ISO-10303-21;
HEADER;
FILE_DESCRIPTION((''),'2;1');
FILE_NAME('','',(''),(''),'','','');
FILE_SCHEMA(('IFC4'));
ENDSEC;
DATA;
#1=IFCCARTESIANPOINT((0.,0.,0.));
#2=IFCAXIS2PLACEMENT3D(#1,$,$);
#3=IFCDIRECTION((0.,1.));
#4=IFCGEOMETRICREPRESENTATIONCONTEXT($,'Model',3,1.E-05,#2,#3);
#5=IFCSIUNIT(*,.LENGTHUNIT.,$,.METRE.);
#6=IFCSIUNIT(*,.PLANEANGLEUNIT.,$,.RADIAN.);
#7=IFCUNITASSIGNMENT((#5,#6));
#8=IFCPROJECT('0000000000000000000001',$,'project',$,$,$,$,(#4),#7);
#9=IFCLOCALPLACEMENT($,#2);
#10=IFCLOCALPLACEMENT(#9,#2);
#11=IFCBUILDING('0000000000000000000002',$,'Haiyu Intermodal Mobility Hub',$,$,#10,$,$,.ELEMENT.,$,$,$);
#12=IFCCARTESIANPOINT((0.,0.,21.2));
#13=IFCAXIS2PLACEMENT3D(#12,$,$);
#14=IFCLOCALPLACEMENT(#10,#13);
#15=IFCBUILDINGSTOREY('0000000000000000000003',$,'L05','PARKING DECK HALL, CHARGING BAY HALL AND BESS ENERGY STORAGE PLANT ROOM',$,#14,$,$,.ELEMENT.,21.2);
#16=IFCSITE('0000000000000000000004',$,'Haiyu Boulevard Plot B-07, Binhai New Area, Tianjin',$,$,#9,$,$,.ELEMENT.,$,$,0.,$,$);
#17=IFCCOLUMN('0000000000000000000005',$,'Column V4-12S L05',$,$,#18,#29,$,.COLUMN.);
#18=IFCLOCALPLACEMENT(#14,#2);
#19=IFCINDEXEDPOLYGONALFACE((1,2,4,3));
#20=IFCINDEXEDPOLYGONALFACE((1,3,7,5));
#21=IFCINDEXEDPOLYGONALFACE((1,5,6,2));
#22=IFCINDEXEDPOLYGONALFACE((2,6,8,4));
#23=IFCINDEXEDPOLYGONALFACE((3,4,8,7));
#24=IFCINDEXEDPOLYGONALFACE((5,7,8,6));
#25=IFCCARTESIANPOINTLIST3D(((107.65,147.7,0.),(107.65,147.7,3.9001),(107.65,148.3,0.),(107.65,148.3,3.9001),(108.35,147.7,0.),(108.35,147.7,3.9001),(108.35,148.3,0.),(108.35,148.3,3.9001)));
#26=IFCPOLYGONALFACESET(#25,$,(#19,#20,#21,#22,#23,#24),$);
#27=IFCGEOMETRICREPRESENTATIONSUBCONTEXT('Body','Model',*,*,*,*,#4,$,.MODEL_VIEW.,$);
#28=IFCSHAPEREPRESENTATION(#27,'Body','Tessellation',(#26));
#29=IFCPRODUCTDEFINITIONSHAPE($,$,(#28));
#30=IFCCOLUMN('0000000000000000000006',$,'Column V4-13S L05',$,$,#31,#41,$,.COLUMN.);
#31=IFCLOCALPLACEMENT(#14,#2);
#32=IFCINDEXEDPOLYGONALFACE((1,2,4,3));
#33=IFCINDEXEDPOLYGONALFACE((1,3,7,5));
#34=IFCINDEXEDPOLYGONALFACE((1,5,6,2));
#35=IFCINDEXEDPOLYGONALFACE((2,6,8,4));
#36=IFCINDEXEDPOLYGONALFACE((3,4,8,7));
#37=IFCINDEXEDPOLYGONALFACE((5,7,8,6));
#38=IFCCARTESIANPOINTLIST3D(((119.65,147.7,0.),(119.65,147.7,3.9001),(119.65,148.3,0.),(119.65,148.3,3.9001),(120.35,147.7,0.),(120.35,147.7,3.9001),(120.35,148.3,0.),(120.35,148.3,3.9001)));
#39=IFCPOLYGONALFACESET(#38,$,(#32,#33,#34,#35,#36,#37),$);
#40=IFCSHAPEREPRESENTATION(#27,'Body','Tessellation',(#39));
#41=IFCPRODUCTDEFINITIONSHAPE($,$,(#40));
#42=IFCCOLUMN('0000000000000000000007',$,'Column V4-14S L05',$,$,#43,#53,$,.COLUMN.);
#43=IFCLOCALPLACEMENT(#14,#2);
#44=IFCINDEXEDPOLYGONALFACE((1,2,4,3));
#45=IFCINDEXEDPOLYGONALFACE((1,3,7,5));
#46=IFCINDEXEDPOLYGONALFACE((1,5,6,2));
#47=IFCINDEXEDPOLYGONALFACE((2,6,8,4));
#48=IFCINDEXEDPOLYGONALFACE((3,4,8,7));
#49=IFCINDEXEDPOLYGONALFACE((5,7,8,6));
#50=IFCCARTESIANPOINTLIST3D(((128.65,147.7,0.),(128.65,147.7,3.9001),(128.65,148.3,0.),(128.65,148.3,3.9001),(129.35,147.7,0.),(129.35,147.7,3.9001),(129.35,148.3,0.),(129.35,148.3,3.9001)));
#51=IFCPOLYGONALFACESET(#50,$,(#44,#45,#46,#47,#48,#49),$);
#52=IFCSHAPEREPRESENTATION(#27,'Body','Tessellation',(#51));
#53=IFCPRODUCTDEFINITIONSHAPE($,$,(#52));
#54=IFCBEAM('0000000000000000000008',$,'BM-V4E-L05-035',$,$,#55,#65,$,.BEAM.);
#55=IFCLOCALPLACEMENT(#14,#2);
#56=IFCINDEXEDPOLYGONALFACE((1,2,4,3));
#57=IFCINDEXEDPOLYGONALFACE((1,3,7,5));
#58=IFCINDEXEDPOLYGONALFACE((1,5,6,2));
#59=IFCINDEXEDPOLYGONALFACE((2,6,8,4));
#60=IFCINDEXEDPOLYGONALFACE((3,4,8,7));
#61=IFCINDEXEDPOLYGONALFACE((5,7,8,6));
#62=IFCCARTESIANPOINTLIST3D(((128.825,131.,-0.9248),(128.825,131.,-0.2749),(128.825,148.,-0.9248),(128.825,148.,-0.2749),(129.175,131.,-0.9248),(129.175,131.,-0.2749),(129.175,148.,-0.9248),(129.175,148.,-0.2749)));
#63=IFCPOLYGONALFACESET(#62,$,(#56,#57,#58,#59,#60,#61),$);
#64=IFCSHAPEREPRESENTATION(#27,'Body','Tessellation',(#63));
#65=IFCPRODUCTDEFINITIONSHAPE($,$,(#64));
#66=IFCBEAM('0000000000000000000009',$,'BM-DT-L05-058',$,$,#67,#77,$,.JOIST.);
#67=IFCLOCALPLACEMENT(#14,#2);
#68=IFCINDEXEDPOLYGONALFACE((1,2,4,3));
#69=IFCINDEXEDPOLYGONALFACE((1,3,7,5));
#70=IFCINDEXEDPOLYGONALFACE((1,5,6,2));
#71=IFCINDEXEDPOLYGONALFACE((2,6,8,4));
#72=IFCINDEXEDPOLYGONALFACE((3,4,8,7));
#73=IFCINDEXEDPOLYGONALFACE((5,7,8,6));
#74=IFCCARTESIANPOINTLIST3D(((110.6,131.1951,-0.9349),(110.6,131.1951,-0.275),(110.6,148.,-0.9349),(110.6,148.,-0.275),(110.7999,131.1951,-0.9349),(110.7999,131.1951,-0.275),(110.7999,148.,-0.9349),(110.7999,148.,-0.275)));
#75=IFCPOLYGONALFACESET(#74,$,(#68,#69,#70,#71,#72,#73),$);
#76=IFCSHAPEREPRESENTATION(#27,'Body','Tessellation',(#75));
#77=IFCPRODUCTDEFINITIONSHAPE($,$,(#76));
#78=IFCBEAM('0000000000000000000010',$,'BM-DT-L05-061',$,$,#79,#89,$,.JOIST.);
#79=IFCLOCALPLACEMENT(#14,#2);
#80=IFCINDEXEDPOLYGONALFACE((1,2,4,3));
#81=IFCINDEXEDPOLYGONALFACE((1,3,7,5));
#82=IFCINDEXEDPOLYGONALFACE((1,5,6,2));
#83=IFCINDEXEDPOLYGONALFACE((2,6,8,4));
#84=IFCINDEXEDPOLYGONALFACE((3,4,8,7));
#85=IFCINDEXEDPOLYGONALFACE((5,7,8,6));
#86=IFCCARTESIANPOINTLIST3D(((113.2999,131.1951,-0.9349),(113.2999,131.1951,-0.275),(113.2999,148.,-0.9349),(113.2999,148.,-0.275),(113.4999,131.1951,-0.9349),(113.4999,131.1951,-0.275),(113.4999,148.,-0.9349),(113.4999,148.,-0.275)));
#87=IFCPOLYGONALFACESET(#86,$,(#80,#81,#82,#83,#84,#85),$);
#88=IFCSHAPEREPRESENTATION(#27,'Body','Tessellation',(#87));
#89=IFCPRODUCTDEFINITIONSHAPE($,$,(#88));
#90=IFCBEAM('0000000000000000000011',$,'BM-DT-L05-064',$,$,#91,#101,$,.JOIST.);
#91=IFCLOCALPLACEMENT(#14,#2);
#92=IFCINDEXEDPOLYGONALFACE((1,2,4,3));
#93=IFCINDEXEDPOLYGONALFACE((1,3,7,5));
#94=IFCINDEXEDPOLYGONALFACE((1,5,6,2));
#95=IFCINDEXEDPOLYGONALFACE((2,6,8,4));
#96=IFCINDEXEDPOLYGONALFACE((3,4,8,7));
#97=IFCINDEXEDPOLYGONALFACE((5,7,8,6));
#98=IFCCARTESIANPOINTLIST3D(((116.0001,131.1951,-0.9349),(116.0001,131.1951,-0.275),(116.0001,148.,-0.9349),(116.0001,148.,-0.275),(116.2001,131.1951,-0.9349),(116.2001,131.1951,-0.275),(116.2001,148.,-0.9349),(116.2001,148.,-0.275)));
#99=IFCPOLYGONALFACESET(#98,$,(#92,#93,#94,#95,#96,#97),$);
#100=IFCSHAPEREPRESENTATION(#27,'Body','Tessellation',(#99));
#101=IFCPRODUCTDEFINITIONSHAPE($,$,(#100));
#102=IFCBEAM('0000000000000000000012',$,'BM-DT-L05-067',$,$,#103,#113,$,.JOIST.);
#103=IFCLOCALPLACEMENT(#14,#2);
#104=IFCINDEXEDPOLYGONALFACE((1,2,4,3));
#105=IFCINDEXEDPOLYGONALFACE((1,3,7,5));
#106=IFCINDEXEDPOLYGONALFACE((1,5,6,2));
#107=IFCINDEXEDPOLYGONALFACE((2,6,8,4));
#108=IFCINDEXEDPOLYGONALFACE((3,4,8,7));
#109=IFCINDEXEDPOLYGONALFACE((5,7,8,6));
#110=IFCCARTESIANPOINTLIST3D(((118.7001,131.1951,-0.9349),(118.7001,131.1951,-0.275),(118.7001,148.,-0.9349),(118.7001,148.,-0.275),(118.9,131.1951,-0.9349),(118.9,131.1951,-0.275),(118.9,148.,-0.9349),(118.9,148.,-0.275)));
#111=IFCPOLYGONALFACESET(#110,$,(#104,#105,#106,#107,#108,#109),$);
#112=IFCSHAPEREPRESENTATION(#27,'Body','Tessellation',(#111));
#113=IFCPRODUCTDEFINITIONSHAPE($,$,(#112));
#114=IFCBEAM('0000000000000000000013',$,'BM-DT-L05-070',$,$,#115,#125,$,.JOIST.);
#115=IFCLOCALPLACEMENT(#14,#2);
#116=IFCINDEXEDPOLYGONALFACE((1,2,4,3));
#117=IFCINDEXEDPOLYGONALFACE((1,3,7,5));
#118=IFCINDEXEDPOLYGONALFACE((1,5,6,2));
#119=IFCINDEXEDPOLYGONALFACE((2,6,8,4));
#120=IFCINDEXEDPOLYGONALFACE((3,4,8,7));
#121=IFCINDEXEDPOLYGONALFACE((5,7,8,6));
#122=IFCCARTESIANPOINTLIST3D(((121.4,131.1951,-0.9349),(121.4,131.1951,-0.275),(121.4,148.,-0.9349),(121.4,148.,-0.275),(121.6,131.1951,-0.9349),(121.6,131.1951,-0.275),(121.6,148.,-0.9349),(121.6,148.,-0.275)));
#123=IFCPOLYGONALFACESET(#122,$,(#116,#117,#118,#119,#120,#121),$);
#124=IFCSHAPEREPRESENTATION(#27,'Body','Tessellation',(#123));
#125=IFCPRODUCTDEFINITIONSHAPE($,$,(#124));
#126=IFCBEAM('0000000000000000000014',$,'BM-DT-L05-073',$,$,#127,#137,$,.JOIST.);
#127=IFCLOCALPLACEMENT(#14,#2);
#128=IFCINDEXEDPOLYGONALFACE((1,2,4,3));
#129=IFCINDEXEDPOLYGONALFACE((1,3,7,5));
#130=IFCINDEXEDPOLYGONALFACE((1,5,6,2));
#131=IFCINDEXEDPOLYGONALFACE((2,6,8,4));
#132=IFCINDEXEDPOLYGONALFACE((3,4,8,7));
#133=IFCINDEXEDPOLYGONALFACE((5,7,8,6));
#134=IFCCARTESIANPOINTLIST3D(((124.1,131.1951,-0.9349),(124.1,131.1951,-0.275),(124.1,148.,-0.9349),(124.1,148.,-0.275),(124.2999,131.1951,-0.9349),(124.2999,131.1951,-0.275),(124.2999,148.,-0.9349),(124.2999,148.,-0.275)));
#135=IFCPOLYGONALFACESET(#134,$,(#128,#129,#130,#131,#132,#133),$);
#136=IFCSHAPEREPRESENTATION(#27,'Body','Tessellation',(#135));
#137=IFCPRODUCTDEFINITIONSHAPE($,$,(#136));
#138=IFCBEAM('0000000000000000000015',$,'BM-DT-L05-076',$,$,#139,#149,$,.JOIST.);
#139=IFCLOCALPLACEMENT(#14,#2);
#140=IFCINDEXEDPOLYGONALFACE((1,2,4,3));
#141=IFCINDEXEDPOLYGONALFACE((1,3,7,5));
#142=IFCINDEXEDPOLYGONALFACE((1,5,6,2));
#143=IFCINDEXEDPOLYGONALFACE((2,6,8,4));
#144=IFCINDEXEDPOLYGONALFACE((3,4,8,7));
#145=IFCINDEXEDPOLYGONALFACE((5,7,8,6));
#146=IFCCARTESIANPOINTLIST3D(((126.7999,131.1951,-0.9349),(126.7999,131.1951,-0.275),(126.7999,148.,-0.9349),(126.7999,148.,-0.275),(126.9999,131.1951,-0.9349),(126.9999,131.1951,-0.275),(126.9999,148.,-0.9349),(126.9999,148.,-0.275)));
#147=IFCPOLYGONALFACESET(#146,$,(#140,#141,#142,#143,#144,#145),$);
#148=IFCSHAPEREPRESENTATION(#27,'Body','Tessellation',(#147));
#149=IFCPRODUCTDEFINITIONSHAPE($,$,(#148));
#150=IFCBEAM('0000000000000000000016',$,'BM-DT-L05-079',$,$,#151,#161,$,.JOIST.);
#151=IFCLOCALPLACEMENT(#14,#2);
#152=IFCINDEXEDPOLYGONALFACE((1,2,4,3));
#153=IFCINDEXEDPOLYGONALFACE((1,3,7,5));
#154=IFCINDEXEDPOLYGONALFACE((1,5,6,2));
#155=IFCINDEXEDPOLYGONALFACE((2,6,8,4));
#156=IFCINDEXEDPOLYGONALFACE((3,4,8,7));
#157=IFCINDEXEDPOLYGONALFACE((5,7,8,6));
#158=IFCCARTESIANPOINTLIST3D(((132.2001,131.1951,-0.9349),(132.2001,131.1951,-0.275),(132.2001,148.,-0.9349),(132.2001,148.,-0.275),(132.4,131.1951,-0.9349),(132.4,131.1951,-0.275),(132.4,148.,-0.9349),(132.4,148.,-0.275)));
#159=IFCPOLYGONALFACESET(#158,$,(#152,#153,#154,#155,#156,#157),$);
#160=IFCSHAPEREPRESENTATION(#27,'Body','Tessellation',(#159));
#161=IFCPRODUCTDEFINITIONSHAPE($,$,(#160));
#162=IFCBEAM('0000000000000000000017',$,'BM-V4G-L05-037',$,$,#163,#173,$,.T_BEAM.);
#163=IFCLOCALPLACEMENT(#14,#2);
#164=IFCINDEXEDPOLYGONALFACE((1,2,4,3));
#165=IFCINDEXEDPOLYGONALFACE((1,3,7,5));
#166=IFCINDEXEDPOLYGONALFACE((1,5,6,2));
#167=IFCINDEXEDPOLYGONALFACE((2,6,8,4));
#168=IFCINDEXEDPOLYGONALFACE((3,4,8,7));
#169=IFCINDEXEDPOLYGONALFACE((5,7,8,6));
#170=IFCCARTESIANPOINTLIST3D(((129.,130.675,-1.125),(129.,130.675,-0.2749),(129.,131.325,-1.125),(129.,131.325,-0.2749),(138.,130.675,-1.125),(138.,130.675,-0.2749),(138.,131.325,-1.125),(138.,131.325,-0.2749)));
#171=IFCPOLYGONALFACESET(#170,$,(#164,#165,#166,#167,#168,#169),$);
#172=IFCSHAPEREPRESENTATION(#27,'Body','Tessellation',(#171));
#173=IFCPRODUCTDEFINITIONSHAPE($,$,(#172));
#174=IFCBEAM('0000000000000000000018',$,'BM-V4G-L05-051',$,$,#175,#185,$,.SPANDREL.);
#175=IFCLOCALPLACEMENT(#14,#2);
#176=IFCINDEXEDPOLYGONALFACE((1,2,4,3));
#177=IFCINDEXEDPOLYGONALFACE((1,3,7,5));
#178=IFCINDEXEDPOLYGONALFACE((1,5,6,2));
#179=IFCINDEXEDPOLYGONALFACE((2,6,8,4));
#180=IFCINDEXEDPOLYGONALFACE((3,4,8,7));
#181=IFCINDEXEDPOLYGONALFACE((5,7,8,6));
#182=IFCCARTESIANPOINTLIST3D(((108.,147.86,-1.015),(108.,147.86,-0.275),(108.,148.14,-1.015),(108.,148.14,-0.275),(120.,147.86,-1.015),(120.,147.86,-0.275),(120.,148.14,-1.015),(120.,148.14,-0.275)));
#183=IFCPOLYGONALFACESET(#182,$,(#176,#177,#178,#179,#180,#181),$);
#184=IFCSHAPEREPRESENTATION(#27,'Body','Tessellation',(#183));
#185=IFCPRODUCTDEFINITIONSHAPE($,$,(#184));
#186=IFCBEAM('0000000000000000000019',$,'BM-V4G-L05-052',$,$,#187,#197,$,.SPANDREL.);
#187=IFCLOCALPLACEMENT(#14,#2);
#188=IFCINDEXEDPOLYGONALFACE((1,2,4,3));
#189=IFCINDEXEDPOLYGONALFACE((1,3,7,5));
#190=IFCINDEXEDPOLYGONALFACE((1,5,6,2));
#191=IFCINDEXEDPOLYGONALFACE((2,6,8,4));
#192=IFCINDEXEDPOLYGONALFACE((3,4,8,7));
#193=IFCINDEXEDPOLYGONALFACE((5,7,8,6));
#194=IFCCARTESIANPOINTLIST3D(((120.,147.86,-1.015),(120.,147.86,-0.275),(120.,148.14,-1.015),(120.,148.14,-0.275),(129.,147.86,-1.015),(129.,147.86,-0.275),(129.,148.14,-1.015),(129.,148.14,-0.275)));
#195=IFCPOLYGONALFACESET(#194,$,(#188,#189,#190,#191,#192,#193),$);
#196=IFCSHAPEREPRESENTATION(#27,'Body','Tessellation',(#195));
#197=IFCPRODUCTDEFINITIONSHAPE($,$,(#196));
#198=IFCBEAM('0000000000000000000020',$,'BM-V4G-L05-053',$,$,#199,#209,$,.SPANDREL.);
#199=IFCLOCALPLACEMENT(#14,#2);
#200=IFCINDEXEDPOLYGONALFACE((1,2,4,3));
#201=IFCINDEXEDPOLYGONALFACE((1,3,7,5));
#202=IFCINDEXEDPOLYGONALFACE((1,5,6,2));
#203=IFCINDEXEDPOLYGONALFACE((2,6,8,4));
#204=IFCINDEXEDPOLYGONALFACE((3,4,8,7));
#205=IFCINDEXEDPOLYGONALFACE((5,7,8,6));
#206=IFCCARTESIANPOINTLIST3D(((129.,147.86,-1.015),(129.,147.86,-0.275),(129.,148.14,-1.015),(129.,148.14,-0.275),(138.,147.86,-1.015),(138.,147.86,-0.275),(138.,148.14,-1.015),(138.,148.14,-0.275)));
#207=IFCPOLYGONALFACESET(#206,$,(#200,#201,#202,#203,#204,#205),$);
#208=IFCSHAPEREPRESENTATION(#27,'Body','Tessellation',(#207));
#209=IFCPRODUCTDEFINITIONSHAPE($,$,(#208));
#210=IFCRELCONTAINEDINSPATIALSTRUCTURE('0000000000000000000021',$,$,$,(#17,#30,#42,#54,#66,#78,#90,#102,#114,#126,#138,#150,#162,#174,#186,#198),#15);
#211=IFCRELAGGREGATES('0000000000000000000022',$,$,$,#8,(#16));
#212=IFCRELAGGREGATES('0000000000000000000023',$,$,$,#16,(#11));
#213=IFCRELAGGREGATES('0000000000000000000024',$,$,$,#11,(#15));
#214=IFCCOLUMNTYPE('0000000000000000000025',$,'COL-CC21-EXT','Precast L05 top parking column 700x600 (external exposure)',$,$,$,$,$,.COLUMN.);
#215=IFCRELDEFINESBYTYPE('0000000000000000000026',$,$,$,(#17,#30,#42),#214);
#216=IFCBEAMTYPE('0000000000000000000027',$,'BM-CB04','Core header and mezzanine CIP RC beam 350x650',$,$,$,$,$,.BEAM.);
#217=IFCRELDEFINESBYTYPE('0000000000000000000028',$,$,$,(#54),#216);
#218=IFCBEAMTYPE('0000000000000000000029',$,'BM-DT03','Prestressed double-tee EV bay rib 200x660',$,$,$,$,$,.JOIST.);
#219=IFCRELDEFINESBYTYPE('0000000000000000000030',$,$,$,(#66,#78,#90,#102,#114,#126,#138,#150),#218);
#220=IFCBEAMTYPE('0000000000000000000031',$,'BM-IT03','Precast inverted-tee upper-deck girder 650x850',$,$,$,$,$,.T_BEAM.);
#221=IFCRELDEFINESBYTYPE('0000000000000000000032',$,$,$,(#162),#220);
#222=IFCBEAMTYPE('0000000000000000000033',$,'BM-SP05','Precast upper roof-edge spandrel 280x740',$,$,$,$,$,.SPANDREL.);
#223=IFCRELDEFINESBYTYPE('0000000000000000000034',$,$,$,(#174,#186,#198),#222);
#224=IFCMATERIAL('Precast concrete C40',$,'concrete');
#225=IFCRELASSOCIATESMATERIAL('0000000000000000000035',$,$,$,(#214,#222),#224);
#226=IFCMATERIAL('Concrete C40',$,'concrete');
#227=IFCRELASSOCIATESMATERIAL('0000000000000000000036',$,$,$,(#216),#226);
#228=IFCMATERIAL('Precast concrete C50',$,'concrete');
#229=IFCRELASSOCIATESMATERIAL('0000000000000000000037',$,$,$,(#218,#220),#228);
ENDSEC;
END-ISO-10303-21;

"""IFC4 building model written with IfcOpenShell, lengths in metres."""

from ifc_helpers import new_model, si_unit, direction, frame, origin, origin_2d, place, context, subcontext, project, spatial, rectangle, extrude, material, material_profile, profile_set, type_object, element, save


model = new_model("IFC4")

# Units and contexts
model_context = context("Model", 3, precision=1e-05, world=origin(), true_north=direction((0.0, 1.0)))
body_context = subcontext(model_context, "Body", "Model", "MODEL_VIEW")
ifc_project = project(units=[si_unit("LENGTHUNIT", "METRE"), si_unit("PLANEANGLEUNIT", "RADIAN")], contexts=[model_context])

# Site, building, storey
site_placement = place(None, origin())
site = spatial("IfcSite", under=ifc_project, at=site_placement, Name="Haiyu Boulevard Plot B-07, Binhai New Area, Tianjin", CompositionType="ELEMENT", RefElevation=0.0)
building_placement = place(site_placement, origin())
building = spatial("IfcBuilding", under=site, at=building_placement, Name="Haiyu Intermodal Mobility Hub", CompositionType="ELEMENT")
storey_placement = place(building_placement, frame((0.0, 0.0, 21.2)))
storey = spatial("IfcBuildingStorey", under=building, at=storey_placement, Name="L05", Description="PARKING DECK HALL, CHARGING BAY HALL AND BESS ENERGY STORAGE PLANT ROOM", CompositionType="ELEMENT", Elevation=21.2)

# Columns
ifc_material_1 = material(Name="Precast concrete C40", Category="concrete")
ifc_material_profile_1 = material_profile(ifc_material_1, rectangle(XDim=0.7, YDim=0.6001, at=origin_2d()), Name="C700x600")
ifc_profile_set_1 = profile_set([ifc_material_profile_1], Name="Precast concrete C40")
column_type = type_object("IfcColumnType", Name="COL-CC21-EXT", Description="Precast L05 top parking column 700x600 (external exposure)", PredefinedType="COLUMN", material=ifc_profile_set_1)
for number, where, z_axis, x_axis, name in (
    (1, (108.0, 148.0, 0.0), (0.0, 0.0, 1.0), (1.0, 0.0, 0.0), "Column V4-12S L05"),
    (2, (120.0, 148.0, 0.0), (0.0, 0.0, 1.0), (1.0, 0.0, 0.0), "Column V4-13S L05"),
    (3, (129.0, 148.0, 0.0), (0.0, 0.0, 1.0), (1.0, 0.0, 0.0), "Column V4-14S L05"),
):
    element("IfcColumn", number, at=place(storey_placement, frame(where, z_axis=z_axis, x_axis=x_axis)), inside=storey, type_object=column_type, Name=name, PredefinedType="COLUMN", context=body_context, shape_type="SweptSolid", body=[
        extrude(rectangle(XDim=0.7, YDim=0.6001, at=origin_2d()), origin(), (0.0, 0.0, 1.0), 3.9001),
    ])

# Beams
ifc_material_2 = material(Name="Concrete C40", Category="concrete")
ifc_material_profile_2 = material_profile(ifc_material_2, rectangle(XDim=0.3501, YDim=0.6499, at=origin_2d()), Name="RCB350x650")
ifc_profile_set_2 = profile_set([ifc_material_profile_2], Name="Concrete C40")
beam_type_1 = type_object("IfcBeamType", Name="BM-CB04", Description="Core header and mezzanine CIP RC beam 350x650", PredefinedType="BEAM", material=ifc_profile_set_2)
beam_1_placement = place(storey_placement, frame((129.0, 131.0, -0.5999), z_axis=(0.0, 1.0, 0.0), x_axis=(-1.0, 0.0, 0.0)))
element("IfcBeam", 4, at=beam_1_placement, inside=storey, type_object=beam_type_1, Name="BM-V4E-L05-035", PredefinedType="BEAM", context=body_context, shape_type="SweptSolid", body=[
    extrude(rectangle(XDim=0.3501, YDim=0.6499, at=origin_2d()), origin(), (0.0, 0.0, 1.0), 17.0),
])
ifc_material_3 = material(Name="Precast concrete C50", Category="concrete")
ifc_material_profile_3 = material_profile(ifc_material_3, rectangle(XDim=0.2, YDim=0.6599, at=origin_2d()), Name="PC200x660")
ifc_profile_set_3 = profile_set([ifc_material_profile_3], Name="Precast concrete C50")
beam_type_2 = type_object("IfcBeamType", Name="BM-DT03", Description="Prestressed double-tee EV bay rib 200x660", PredefinedType="JOIST", material=ifc_profile_set_3)
for number, where, z_axis, x_axis, name in (
    (5, (110.7, 131.1951, -0.605), (0.0, 1.0, 0.0), (-1.0, 0.0, 0.0), "BM-DT-L05-058"),
    (6, (113.3999, 131.1951, -0.605), (0.0, 1.0, 0.0), (-1.0, 0.0, 0.0), "BM-DT-L05-061"),
    (7, (116.1001, 131.1951, -0.605), (0.0, 1.0, 0.0), (-1.0, 0.0, 0.0), "BM-DT-L05-064"),
    (8, (118.8, 131.1951, -0.605), (0.0, 1.0, 0.0), (-1.0, 0.0, 0.0), "BM-DT-L05-067"),
    (9, (121.5, 131.1951, -0.605), (0.0, 1.0, 0.0), (-1.0, 0.0, 0.0), "BM-DT-L05-070"),
    (10, (124.2, 131.1951, -0.605), (0.0, 1.0, 0.0), (-1.0, 0.0, 0.0), "BM-DT-L05-073"),
    (11, (126.8999, 131.1951, -0.605), (0.0, 1.0, 0.0), (-1.0, 0.0, 0.0), "BM-DT-L05-076"),
    (12, (132.3, 131.1951, -0.605), (0.0, 1.0, 0.0), (-1.0, 0.0, 0.0), "BM-DT-L05-079"),
):
    element("IfcBeam", number, at=place(storey_placement, frame(where, z_axis=z_axis, x_axis=x_axis)), inside=storey, type_object=beam_type_2, Name=name, PredefinedType="JOIST", context=body_context, shape_type="SweptSolid", body=[
        extrude(rectangle(XDim=0.2, YDim=0.6599, at=origin_2d()), origin(), (0.0, 0.0, 1.0), 16.8049),
    ])
ifc_material_profile_4 = material_profile(ifc_material_3, rectangle(XDim=0.6499, YDim=0.8501, at=origin_2d()), Name="PC650x850")
ifc_profile_set_4 = profile_set([ifc_material_profile_4], Name="Precast concrete C50")
beam_type_3 = type_object("IfcBeamType", Name="BM-IT03", Description="Precast inverted-tee upper-deck girder 650x850", PredefinedType="T_BEAM", material=ifc_profile_set_4)
beam_2_placement = place(storey_placement, frame((129.0, 131.0, -0.7), z_axis=(1.0, 0.0, 0.0), x_axis=(0.0, 1.0, 0.0)))
element("IfcBeam", 13, at=beam_2_placement, inside=storey, type_object=beam_type_3, Name="BM-V4G-L05-037", PredefinedType="T_BEAM", context=body_context, shape_type="SweptSolid", body=[
    extrude(rectangle(XDim=0.6499, YDim=0.8501, at=origin_2d()), origin(), (0.0, 0.0, 1.0), 9.0),
])
ifc_material_profile_5 = material_profile(ifc_material_1, rectangle(XDim=0.28, YDim=0.74, at=origin_2d()), Name="B280x740")
ifc_profile_set_5 = profile_set([ifc_material_profile_5], Name="Precast concrete C40")
beam_type_4 = type_object("IfcBeamType", Name="BM-SP05", Description="Precast upper roof-edge spandrel 280x740", PredefinedType="SPANDREL", material=ifc_profile_set_5)
beam_3_placement = place(storey_placement, frame((108.0, 148.0, -0.645), z_axis=(1.0, 0.0, 0.0), x_axis=(0.0, 1.0, 0.0)))
element("IfcBeam", 14, at=beam_3_placement, inside=storey, type_object=beam_type_4, Name="BM-V4G-L05-051", PredefinedType="SPANDREL", context=body_context, shape_type="SweptSolid", body=[
    extrude(rectangle(XDim=0.28, YDim=0.74, at=origin_2d()), origin(), (0.0, 0.0, 1.0), 12.0),
])
for number, where, z_axis, x_axis, name in (
    (15, (120.0, 148.0, -0.645), (1.0, 0.0, 0.0), (0.0, 1.0, 0.0), "BM-V4G-L05-052"),
    (16, (129.0, 148.0, -0.645), (1.0, 0.0, 0.0), (0.0, 1.0, 0.0), "BM-V4G-L05-053"),
):
    element("IfcBeam", number, at=place(storey_placement, frame(where, z_axis=z_axis, x_axis=x_axis)), inside=storey, type_object=beam_type_4, Name=name, PredefinedType="SPANDREL", context=body_context, shape_type="SweptSolid", body=[
        extrude(rectangle(XDim=0.28, YDim=0.74, at=origin_2d()), origin(), (0.0, 0.0, 1.0), 9.0),
    ])

save(model, "model.ifc")
